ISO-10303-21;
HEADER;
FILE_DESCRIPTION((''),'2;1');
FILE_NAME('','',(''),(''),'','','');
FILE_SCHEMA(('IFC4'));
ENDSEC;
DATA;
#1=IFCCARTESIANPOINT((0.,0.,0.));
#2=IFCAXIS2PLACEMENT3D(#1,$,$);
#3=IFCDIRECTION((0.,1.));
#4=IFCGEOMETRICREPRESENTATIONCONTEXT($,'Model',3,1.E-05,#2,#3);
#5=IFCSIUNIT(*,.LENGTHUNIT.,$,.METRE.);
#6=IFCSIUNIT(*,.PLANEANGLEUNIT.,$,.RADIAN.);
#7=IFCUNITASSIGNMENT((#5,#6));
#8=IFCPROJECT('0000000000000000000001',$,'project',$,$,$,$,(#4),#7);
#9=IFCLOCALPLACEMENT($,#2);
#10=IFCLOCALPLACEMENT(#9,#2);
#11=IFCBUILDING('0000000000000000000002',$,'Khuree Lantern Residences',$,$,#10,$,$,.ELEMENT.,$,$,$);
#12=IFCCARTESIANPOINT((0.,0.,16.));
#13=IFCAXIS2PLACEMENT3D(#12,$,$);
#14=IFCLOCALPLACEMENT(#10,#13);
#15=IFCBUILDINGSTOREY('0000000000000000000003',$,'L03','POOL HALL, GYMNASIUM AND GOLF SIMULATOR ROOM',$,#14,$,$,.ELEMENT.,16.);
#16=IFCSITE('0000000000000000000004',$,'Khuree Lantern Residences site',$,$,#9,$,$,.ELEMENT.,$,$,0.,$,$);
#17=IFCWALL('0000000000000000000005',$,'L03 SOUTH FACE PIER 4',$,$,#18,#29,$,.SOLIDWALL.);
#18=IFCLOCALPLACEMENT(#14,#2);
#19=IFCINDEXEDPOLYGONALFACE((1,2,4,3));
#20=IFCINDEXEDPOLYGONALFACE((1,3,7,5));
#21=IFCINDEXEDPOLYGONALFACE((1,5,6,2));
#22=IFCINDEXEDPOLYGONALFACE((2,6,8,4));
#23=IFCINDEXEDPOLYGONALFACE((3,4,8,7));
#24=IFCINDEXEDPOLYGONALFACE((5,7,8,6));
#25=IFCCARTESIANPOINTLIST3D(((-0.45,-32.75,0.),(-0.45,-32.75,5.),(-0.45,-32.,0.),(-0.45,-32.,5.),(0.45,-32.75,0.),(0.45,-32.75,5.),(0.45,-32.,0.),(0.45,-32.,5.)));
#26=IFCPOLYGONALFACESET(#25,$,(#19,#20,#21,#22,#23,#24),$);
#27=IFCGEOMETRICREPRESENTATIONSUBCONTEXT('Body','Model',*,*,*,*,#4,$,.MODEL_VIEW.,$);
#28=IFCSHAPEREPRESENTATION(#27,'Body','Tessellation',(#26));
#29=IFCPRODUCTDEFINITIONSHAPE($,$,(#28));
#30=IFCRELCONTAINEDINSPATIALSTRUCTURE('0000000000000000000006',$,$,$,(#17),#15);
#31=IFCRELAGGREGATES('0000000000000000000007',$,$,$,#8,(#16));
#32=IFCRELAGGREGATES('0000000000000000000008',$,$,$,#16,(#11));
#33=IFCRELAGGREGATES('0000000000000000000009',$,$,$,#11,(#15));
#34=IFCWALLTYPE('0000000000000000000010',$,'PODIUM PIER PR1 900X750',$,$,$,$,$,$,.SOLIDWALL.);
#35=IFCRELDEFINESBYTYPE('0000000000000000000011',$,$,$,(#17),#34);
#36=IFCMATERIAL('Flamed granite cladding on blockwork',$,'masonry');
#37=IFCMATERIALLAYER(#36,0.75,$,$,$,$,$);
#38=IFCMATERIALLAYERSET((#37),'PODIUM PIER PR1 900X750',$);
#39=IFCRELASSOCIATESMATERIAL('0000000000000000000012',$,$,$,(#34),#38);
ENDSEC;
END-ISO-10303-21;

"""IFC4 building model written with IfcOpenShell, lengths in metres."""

from ifc_helpers import new_model, si_unit, direction, frame, frame_2d, origin, place, context, subcontext, project, spatial, rectangle, extrude, material, layer, layer_set, type_object, element, save


model = new_model("IFC4")

# Units and contexts
model_context = context("Model", 3, precision=1e-05, world=origin(), true_north=direction((0.0, 1.0)))
body_context = subcontext(model_context, "Body", "Model", "MODEL_VIEW")
ifc_project = project(units=[si_unit("LENGTHUNIT", "METRE"), si_unit("PLANEANGLEUNIT", "RADIAN")], contexts=[model_context])

# Site, building, storey
site_placement = place(None, origin())
site = spatial("IfcSite", under=ifc_project, at=site_placement, Name="Khuree Lantern Residences site", CompositionType="ELEMENT", RefElevation=0.0)
building_placement = place(site_placement, origin())
building = spatial("IfcBuilding", under=site, at=building_placement, Name="Khuree Lantern Residences", CompositionType="ELEMENT")
storey_placement = place(building_placement, frame((0.0, 0.0, 16.0)))
storey = spatial("IfcBuildingStorey", under=building, at=storey_placement, Name="L03", Description="POOL HALL, GYMNASIUM AND GOLF SIMULATOR ROOM", CompositionType="ELEMENT", Elevation=16.0)

# Wall
ifc_material_1 = material(Name="Flamed granite cladding on blockwork", Category="masonry")
ifc_layer_1 = layer(ifc_material_1, 0.75)
ifc_layer_set_1 = layer_set([ifc_layer_1], Name="PODIUM PIER PR1 900X750")
wall_type = type_object("IfcWallType", Name="PODIUM PIER PR1 900X750", PredefinedType="SOLIDWALL", material=ifc_layer_set_1)
for number, where, z_axis, x_axis, name in (
    (1, (-0.45, -32.375, 0.0), (0.0, 0.0, 1.0), (1.0, 0.0, 0.0), "L03 SOUTH FACE PIER 4"),
):
    element("IfcWall", number, at=place(storey_placement, frame(where, z_axis=z_axis, x_axis=x_axis)), inside=storey, type_object=wall_type, Name=name, PredefinedType="SOLIDWALL", context=body_context, shape_type="SweptSolid", body=[
        extrude(rectangle(XDim=0.8999, YDim=0.75, at=frame_2d((0.45, 0.0))), origin(), (0.0, 0.0, 1.0), 5.0),
    ])

save(model, "model.ifc")
